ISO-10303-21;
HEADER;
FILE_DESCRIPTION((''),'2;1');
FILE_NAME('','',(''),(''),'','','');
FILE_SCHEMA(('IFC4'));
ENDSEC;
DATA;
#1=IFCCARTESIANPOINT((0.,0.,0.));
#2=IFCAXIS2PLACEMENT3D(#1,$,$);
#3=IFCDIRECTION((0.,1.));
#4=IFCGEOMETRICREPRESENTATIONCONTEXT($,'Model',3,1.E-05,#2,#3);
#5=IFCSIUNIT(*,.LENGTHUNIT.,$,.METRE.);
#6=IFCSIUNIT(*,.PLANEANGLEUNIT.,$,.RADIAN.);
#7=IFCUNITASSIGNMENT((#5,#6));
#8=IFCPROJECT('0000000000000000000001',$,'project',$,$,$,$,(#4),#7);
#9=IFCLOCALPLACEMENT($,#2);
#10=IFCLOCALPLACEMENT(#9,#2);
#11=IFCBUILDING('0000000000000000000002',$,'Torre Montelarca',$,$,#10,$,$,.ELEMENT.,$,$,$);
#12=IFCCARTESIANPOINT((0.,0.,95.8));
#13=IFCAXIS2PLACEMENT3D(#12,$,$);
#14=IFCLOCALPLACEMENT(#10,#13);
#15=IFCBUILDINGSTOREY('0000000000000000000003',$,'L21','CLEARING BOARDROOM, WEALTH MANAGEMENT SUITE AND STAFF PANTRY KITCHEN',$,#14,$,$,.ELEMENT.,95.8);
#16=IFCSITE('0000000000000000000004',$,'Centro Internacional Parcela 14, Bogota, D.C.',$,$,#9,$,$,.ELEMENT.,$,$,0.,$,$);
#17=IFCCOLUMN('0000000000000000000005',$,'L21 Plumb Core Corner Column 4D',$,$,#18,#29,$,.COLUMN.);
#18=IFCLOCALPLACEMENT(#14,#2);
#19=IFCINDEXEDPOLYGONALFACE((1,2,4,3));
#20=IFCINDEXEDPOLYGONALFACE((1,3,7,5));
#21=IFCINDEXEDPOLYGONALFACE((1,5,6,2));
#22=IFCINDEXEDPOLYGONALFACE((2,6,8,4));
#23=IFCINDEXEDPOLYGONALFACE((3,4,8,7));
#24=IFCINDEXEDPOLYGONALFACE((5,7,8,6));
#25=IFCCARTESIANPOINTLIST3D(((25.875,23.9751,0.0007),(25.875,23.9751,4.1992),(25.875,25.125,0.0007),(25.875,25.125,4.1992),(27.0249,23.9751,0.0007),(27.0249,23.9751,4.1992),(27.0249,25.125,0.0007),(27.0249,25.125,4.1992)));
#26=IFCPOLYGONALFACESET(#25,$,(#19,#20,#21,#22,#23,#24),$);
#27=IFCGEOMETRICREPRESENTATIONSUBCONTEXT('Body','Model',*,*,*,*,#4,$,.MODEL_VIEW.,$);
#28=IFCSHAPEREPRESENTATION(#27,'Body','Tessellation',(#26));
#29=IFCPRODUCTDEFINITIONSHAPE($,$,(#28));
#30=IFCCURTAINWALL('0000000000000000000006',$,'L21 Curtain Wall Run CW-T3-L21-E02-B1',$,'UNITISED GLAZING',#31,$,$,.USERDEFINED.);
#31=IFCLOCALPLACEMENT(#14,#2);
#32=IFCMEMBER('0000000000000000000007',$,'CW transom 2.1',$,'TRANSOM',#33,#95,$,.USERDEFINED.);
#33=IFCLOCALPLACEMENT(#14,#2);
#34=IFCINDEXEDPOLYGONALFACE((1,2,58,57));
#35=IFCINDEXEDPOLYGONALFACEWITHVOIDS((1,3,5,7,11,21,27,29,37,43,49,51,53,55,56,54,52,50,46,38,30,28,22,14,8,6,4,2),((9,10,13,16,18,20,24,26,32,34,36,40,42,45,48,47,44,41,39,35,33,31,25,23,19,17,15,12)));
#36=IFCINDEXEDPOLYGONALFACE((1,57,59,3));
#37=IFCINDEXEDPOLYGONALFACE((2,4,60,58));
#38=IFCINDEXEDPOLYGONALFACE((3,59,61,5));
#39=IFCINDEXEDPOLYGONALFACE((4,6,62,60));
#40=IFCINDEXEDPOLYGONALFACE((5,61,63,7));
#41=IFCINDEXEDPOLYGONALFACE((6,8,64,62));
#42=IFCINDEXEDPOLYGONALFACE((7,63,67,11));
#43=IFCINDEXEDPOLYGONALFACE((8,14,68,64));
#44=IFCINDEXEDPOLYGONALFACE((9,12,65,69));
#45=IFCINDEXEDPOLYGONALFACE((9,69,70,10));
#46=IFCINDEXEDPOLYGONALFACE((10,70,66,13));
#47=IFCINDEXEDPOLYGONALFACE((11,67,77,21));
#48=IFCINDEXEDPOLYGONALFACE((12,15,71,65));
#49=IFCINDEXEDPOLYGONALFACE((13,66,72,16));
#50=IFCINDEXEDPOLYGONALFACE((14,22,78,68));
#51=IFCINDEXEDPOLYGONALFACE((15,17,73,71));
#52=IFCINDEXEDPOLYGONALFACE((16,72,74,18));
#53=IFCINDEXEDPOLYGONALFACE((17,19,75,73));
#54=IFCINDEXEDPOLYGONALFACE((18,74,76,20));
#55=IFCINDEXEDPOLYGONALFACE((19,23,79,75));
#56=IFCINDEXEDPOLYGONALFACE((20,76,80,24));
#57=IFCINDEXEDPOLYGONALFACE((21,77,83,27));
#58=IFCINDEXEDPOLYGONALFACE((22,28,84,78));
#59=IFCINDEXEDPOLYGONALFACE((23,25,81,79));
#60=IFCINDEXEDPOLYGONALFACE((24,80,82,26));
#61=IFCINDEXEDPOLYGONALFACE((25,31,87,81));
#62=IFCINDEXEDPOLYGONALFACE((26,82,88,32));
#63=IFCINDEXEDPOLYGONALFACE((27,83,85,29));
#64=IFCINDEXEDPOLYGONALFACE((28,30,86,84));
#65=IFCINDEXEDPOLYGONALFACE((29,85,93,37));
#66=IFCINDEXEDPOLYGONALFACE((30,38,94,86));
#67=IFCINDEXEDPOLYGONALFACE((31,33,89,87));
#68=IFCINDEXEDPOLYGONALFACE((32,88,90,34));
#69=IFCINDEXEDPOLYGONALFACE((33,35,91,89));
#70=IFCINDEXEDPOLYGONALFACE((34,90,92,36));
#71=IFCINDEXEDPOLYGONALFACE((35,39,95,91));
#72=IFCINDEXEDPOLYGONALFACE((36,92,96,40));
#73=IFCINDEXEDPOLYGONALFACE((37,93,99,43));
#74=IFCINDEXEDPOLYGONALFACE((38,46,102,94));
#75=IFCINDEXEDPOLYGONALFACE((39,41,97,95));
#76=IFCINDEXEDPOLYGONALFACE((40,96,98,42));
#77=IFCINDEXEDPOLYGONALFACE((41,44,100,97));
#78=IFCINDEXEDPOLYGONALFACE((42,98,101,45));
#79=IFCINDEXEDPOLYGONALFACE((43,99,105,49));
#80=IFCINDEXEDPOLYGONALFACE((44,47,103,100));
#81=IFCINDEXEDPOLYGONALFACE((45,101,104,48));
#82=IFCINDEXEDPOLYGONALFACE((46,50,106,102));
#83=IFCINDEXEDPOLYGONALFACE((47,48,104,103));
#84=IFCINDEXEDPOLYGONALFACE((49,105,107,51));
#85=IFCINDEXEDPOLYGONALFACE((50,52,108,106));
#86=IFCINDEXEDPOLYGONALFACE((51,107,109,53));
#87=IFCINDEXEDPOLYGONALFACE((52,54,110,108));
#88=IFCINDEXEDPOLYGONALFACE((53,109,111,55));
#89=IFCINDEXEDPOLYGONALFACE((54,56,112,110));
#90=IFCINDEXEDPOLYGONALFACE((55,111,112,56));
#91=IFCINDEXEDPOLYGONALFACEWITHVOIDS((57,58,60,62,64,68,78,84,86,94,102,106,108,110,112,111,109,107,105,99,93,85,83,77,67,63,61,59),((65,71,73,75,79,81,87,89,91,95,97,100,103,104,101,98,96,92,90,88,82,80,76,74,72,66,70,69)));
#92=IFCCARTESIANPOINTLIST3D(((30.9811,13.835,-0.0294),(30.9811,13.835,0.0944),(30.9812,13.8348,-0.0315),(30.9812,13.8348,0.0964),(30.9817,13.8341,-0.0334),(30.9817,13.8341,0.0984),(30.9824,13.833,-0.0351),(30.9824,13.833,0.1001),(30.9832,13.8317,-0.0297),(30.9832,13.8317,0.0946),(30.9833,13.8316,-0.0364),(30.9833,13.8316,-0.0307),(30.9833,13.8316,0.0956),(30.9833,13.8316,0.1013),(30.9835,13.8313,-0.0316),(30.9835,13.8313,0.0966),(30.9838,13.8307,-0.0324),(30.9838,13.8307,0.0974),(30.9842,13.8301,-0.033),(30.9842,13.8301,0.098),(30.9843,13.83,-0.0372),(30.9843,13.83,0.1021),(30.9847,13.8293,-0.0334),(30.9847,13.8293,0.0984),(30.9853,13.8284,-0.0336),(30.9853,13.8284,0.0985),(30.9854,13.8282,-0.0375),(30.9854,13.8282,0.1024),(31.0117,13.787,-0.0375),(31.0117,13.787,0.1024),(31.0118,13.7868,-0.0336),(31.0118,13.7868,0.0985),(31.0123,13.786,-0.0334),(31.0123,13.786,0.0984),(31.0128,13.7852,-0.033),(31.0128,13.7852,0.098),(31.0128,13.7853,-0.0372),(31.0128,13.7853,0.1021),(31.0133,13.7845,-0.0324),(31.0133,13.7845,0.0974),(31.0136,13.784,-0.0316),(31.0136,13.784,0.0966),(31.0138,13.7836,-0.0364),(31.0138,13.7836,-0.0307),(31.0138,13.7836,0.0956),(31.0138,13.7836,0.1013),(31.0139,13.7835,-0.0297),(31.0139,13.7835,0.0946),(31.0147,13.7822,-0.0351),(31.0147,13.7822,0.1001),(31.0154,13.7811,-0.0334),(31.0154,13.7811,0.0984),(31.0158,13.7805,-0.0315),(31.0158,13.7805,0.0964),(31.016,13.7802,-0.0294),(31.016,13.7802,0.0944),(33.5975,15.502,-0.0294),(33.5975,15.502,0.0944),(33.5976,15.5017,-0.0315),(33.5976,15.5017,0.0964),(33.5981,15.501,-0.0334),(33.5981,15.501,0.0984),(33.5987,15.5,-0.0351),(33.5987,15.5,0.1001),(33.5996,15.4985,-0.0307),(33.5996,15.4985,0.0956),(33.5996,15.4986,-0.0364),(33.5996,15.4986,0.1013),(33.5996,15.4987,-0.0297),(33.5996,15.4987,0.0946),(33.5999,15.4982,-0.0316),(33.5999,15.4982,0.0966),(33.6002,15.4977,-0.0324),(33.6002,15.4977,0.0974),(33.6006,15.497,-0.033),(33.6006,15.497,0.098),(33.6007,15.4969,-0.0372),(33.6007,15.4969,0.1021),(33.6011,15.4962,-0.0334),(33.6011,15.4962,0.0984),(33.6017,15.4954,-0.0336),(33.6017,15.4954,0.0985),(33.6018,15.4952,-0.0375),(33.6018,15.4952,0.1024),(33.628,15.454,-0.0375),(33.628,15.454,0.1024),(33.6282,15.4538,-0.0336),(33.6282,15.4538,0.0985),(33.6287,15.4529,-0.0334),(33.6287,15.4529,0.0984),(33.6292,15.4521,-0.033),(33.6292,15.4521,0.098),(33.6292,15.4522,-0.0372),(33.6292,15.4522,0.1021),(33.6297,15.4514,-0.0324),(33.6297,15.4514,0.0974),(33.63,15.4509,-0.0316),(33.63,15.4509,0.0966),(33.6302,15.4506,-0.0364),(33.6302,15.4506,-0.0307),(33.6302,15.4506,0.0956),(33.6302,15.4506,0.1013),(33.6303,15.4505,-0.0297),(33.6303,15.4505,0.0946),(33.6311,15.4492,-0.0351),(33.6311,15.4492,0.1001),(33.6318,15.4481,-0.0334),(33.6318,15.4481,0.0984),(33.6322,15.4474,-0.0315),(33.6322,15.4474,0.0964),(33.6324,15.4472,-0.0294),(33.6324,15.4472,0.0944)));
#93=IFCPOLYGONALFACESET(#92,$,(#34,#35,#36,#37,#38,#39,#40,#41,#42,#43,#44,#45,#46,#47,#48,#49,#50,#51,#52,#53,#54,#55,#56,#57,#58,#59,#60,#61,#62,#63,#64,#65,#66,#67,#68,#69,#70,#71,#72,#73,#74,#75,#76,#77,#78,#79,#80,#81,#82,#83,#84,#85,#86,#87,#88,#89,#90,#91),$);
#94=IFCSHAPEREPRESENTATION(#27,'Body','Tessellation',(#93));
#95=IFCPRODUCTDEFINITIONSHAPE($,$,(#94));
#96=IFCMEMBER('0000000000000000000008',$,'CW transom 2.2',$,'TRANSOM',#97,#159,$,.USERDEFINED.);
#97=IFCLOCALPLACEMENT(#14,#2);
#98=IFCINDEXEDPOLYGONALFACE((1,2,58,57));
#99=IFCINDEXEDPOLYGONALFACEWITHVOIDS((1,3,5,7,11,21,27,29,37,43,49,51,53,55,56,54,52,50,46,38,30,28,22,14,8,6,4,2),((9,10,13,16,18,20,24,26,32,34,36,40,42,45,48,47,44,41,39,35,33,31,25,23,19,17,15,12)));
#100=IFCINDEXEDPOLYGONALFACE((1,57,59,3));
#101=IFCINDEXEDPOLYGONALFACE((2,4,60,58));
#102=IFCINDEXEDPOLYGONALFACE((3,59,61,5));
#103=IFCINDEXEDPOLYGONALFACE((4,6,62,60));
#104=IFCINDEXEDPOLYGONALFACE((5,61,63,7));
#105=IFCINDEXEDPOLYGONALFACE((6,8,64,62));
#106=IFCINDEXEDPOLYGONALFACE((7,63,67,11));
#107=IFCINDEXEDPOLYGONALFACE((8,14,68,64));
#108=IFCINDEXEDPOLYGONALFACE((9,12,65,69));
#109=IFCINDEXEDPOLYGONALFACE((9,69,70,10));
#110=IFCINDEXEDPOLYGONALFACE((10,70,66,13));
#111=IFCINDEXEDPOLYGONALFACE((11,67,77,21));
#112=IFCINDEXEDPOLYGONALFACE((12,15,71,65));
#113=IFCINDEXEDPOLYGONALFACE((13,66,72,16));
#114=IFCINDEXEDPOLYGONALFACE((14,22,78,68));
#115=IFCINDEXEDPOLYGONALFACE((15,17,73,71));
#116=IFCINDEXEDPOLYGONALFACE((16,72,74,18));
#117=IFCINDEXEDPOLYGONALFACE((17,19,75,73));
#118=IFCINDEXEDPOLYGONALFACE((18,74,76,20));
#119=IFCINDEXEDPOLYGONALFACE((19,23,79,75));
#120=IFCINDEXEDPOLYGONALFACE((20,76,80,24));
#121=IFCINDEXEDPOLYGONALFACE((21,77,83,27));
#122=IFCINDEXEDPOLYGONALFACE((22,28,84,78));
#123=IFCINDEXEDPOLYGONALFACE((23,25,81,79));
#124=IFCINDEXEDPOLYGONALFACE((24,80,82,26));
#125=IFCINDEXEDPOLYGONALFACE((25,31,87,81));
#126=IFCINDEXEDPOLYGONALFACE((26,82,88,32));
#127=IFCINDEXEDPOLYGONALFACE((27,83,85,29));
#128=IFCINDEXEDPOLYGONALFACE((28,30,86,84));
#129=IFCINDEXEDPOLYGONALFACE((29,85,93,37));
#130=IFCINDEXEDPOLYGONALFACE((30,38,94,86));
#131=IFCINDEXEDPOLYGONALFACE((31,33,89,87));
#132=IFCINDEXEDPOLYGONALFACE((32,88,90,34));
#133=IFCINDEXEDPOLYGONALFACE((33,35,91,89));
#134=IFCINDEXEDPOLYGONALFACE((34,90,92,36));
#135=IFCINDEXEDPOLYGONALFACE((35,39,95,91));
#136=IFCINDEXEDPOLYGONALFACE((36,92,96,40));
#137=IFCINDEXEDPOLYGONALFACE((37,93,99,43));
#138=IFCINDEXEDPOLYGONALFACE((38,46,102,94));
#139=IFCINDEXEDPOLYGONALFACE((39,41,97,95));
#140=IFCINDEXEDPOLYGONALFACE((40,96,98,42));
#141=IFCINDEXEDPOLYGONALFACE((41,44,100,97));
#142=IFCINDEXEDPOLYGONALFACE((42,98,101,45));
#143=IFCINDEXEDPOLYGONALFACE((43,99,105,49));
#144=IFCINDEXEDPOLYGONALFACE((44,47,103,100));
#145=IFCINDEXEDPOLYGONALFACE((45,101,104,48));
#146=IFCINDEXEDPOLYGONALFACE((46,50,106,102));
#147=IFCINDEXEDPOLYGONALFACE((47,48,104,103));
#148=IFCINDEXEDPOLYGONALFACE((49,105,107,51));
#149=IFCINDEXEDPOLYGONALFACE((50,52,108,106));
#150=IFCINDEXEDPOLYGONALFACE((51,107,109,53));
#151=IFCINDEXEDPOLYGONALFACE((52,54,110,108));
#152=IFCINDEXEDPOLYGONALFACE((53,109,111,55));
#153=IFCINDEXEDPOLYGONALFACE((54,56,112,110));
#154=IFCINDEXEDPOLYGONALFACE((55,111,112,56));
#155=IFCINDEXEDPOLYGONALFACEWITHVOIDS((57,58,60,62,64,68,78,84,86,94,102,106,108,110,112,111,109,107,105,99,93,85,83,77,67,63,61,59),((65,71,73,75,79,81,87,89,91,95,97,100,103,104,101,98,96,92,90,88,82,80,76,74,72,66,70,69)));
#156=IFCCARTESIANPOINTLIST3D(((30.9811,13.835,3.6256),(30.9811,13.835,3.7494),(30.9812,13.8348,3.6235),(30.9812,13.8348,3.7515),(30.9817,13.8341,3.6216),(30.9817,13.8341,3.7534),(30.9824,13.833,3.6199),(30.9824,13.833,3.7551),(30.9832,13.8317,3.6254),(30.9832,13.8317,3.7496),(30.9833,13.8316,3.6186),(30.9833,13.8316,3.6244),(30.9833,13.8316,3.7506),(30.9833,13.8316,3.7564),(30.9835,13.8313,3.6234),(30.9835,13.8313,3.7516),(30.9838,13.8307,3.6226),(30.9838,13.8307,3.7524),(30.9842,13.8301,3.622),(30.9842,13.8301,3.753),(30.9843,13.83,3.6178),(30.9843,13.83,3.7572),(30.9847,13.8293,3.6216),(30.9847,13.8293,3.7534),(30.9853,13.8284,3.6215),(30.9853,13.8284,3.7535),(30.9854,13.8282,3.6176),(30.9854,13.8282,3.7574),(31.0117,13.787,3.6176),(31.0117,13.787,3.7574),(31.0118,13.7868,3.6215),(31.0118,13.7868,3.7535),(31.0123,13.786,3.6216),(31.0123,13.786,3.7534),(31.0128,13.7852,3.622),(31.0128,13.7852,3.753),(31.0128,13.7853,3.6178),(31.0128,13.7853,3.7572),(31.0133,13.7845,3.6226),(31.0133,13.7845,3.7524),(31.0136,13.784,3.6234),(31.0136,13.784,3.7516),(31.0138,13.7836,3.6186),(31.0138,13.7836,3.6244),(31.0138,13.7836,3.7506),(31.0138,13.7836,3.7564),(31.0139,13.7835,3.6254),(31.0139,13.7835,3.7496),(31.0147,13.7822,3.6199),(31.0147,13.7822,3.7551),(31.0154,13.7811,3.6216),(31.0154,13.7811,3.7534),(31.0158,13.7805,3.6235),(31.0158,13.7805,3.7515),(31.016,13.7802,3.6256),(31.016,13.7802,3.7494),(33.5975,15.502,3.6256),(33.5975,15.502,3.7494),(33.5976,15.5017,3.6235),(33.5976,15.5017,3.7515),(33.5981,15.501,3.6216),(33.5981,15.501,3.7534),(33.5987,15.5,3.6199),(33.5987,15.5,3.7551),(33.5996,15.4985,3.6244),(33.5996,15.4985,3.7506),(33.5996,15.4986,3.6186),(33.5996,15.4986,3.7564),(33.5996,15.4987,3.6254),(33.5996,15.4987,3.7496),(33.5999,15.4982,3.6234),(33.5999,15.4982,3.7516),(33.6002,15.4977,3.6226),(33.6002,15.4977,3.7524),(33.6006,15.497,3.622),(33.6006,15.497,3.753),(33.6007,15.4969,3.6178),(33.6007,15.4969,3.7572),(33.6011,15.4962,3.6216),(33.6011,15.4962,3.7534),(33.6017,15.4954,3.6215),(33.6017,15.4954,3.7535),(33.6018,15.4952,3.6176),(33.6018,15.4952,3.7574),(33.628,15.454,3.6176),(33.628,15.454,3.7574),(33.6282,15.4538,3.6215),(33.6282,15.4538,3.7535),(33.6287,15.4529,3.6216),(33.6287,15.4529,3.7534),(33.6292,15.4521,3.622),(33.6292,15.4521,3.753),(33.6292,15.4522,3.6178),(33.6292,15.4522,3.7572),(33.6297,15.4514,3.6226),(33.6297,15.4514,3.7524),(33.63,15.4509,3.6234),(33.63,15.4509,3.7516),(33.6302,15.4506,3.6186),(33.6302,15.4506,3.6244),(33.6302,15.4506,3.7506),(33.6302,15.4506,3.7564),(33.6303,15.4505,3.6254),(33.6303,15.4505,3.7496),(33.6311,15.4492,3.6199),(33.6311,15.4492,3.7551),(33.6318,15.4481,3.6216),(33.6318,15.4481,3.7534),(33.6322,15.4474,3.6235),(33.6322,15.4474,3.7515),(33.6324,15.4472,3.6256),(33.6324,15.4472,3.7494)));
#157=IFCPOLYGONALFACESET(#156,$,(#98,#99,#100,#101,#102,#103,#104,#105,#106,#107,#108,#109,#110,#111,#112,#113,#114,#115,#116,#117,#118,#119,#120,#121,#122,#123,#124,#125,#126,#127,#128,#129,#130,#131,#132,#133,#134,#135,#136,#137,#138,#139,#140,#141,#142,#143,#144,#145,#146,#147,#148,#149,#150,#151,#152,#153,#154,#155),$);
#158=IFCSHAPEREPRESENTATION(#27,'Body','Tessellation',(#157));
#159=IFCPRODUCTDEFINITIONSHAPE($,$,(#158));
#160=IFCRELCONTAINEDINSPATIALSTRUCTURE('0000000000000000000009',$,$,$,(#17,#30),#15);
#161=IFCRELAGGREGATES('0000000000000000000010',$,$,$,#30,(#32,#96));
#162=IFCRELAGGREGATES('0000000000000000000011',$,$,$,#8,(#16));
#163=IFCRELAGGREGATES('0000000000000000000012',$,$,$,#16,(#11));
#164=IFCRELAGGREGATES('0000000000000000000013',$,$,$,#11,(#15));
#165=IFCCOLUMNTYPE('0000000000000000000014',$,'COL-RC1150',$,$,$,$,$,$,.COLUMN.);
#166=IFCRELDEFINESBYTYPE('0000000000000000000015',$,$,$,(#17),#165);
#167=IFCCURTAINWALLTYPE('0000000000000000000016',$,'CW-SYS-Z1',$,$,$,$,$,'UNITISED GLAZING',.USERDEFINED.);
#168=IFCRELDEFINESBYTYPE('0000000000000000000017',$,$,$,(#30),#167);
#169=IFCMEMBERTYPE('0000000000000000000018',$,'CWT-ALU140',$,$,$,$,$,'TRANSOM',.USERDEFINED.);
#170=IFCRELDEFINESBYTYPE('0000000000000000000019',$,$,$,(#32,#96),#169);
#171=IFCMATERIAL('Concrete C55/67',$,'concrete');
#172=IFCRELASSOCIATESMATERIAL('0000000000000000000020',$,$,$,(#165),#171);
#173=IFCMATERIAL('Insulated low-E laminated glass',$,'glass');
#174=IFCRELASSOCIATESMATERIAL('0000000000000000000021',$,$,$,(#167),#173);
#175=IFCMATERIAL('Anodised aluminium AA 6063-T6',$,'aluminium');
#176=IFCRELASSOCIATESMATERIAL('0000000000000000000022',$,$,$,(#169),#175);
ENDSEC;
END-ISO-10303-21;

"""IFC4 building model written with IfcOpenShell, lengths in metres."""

from ifc_helpers import new_model, si_unit, direction, frame, origin, origin_2d, place, context, subcontext, project, spatial, rectangle, hollow_rectangle, extrude, source, transform, mapped, material, material_profile, profile_set, type_object, element, aggregate, save


model = new_model("IFC4")

# Units and contexts
model_context = context("Model", 3, precision=1e-05, world=origin(), true_north=direction((0.0, 1.0)))
body_context = subcontext(model_context, "Body", "Model", "MODEL_VIEW")
ifc_project = project(units=[si_unit("LENGTHUNIT", "METRE"), si_unit("PLANEANGLEUNIT", "RADIAN")], contexts=[model_context])

# Site, building, storey
site_placement = place(None, origin())
site = spatial("IfcSite", under=ifc_project, at=site_placement, Name="Centro Internacional Parcela 14, Bogota, D.C.", CompositionType="ELEMENT", RefElevation=0.0)
building_placement = place(site_placement, origin())
building = spatial("IfcBuilding", under=site, at=building_placement, Name="Torre Montelarca", CompositionType="ELEMENT")
storey_placement = place(building_placement, frame((0.0, 0.0, 95.8)))
storey = spatial("IfcBuildingStorey", under=building, at=storey_placement, Name="L21", Description="CLEARING BOARDROOM, WEALTH MANAGEMENT SUITE AND STAFF PANTRY KITCHEN", CompositionType="ELEMENT", Elevation=95.8)

# Column
ifc_material_1 = material(Name="Concrete C55/67", Category="concrete")
ifc_material_profile_1 = material_profile(ifc_material_1, rectangle(XDim=1.1499, YDim=1.1499, at=origin_2d()), Name="RC1150X1150", Category="concrete")
ifc_profile_set_1 = profile_set([ifc_material_profile_1], Name="Concrete C55/67")
column_type_1 = type_object("IfcColumnType", Name="COL-RC1150", PredefinedType="COLUMN", material=ifc_profile_set_1)
shared_shape_1 = source(origin(), body_context, "Body", "SweptSolid", [
    extrude(rectangle(XDim=1.1499, YDim=1.1499, at=origin_2d()), origin(), (0.0, 0.0, 1.0), 4.1985),
])
column_1_placement = place(storey_placement, frame((26.45, 24.55, 0.0007), z_axis=(0.0, 0.0, 1.0), x_axis=(1.0, 0.0, 0.0)))
element("IfcColumn", 1, at=column_1_placement, inside=storey, type_object=column_type_1, Name="L21 Plumb Core Corner Column 4D", PredefinedType="COLUMN", context=body_context, shape_type="MappedRepresentation", body=[
    mapped(shared_shape_1, transform((0.0, 0.0, 0.0), scale=1.0)),
])

# Curtain wall, members
ifc_material_2 = material(Name="Insulated low-E laminated glass", Category="glass")
curtain_wall_type = type_object("IfcCurtainWallType", Name="CW-SYS-Z1", ElementType="UNITISED GLAZING", PredefinedType="USERDEFINED", material=ifc_material_2)
curtain_wall_1_placement = place(storey_placement, origin())
curtain_wall_1 = element("IfcCurtainWall", 2, at=curtain_wall_1_placement, inside=storey, type_object=curtain_wall_type, Name="L21 Curtain Wall Run CW-T3-L21-E02-B1", ObjectType="UNITISED GLAZING", PredefinedType="USERDEFINED")
ifc_material_3 = material(Name="Anodised aluminium AA 6063-T6", Category="aluminium")
ifc_material_profile_2 = material_profile(ifc_material_3, hollow_rectangle(XDim=0.0649, YDim=0.1399, WallThickness=0.0039, InnerFilletRadius=0.0039, OuterFilletRadius=0.0081, at=origin_2d()), Name="ALU65X140X4", Category="aluminium")
ifc_profile_set_2 = profile_set([ifc_material_profile_2], Name="Anodised aluminium AA 6063-T6")
member_type_1 = type_object("IfcMemberType", Name="CWT-ALU140", ElementType="TRANSOM", PredefinedType="USERDEFINED", material=ifc_profile_set_2)
shared_shape_2 = source(origin(), body_context, "Body", "SweptSolid", [
    extrude(hollow_rectangle(XDim=0.0649, YDim=0.1399, WallThickness=0.0039, InnerFilletRadius=0.0039, OuterFilletRadius=0.0081, at=origin_2d()), origin(), (0.0, 0.0, 1.0), 3.1023),
])
member_1_placement = place(storey_placement, frame((30.9985, 13.8076, 0.0325), z_axis=(0.843373, 0.537329, 0.0), x_axis=(-0.537329, 0.843373, 0.0)))
member_1 = element("IfcMember", 3, at=member_1_placement, type_object=member_type_1, Name="CW transom 2.1", ObjectType="TRANSOM", PredefinedType="USERDEFINED", context=body_context, shape_type="MappedRepresentation", body=[
    mapped(shared_shape_2, transform((0.0, 0.0, 0.0), scale=1.0)),
])
member_2_placement = place(storey_placement, frame((30.9985, 13.8076, 3.6875), z_axis=(0.843373, 0.537329, 0.0), x_axis=(-0.537329, 0.843373, 0.0)))
member_2 = element("IfcMember", 4, at=member_2_placement, type_object=member_type_1, Name="CW transom 2.2", ObjectType="TRANSOM", PredefinedType="USERDEFINED", context=body_context, shape_type="MappedRepresentation", body=[
    mapped(shared_shape_2, transform((0.0, 0.0, 0.0), scale=1.0)),
])

aggregate(curtain_wall_1, [member_1, member_2])

save(model, "model.ifc")
